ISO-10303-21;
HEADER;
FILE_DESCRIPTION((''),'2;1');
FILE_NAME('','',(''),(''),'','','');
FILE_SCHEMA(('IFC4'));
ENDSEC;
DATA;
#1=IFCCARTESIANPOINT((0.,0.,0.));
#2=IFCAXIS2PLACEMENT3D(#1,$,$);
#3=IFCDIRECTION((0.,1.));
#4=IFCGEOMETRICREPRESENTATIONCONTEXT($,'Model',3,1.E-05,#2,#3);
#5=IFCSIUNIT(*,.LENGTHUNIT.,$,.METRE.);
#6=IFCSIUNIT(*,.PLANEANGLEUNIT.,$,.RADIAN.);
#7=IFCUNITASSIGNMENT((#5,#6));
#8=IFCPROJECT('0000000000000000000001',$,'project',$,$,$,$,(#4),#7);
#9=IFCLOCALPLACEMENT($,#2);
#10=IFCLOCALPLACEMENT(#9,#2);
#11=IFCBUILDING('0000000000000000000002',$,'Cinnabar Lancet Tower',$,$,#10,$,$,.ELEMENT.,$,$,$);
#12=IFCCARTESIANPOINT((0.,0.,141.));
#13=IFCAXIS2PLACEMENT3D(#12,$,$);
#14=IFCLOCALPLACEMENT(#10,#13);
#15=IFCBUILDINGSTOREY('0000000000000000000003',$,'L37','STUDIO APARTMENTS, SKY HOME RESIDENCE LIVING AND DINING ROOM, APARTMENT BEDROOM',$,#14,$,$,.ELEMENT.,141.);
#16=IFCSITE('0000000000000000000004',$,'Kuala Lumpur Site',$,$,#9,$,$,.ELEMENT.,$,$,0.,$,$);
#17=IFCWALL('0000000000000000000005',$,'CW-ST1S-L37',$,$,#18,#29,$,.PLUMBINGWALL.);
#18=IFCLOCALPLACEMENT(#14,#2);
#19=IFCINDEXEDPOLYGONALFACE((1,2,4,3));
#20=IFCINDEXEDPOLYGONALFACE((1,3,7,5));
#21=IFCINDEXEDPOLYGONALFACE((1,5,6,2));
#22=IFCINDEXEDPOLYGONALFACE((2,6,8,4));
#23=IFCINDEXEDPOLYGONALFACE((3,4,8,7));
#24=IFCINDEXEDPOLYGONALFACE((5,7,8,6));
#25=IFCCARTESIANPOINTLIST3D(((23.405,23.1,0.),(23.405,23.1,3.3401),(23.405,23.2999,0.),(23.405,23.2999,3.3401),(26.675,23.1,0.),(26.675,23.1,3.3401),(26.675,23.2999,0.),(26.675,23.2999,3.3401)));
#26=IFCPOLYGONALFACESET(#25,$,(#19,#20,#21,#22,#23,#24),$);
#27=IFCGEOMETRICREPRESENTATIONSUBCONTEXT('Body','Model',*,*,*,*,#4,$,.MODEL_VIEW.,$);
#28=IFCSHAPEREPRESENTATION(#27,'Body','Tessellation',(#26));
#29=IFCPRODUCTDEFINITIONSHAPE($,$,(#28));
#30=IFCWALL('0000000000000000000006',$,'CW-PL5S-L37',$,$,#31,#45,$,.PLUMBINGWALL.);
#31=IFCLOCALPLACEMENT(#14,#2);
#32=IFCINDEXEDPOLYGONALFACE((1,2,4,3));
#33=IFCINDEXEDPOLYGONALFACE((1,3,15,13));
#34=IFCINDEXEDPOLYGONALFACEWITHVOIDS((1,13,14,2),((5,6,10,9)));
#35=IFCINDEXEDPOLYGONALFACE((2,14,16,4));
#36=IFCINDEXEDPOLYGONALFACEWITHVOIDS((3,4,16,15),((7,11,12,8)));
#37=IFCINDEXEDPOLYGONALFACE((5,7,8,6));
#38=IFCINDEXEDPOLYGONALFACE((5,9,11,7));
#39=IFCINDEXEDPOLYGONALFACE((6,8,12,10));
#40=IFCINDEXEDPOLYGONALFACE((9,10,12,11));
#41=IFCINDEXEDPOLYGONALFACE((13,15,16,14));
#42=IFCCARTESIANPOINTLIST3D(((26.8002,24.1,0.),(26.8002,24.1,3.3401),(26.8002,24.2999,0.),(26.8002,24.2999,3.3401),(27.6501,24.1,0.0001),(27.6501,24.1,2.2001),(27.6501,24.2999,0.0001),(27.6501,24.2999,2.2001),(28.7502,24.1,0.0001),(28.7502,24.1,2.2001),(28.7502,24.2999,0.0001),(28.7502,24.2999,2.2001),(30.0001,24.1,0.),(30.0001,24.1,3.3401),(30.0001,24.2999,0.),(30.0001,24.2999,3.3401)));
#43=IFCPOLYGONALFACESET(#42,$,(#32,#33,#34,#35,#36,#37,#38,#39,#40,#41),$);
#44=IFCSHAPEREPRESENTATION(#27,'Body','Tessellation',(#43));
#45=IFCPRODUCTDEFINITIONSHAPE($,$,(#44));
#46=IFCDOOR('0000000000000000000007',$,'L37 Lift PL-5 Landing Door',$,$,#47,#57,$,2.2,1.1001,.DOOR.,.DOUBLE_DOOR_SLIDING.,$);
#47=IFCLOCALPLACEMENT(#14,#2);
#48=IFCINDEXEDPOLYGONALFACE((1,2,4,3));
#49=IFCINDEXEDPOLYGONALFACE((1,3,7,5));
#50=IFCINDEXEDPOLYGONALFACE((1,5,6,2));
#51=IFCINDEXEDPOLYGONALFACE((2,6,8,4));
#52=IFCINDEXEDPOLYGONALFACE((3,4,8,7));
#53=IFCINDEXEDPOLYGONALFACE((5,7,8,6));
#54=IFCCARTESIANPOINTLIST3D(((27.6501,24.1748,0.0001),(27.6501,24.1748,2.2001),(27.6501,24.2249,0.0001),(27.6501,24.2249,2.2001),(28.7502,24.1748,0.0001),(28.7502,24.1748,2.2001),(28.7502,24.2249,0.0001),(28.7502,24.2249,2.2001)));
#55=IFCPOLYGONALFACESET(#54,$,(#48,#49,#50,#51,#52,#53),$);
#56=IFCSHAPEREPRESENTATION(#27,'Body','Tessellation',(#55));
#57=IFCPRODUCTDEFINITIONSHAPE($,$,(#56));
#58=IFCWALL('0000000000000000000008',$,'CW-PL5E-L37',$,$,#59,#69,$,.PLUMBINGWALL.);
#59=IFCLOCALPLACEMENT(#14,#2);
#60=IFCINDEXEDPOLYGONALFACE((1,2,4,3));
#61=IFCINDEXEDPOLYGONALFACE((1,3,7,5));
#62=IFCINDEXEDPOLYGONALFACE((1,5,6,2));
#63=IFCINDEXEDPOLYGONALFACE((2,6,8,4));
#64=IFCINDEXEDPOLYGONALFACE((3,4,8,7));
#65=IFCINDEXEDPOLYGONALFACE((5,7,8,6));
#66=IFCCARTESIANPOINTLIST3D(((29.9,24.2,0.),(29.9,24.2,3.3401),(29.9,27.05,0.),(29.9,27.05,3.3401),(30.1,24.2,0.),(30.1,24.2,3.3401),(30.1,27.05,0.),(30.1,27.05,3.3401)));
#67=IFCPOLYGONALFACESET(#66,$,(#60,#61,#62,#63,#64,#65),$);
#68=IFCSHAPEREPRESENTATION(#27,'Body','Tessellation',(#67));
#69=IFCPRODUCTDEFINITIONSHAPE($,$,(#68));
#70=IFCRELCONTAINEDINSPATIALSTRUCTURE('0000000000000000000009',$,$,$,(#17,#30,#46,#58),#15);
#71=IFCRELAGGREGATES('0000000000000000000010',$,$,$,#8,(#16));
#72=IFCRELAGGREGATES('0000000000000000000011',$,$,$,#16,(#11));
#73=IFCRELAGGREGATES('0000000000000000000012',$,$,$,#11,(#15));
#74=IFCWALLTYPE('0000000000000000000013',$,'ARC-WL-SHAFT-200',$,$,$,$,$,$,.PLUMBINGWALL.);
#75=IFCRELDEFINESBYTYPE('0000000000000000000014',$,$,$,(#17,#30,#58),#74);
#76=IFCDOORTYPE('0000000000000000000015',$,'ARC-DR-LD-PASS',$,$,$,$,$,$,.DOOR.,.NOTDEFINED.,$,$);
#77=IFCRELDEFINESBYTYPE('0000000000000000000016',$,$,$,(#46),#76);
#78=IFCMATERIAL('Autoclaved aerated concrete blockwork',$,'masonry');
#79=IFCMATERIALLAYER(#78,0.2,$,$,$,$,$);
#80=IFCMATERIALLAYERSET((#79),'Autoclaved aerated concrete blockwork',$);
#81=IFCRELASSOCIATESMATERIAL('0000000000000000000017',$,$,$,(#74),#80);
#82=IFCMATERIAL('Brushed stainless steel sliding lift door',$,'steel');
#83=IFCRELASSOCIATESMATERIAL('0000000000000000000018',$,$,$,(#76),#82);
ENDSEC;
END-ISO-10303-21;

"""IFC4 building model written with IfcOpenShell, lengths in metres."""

from ifc_helpers import new_model, si_unit, direction, frame, frame_2d, origin, place, context, subcontext, project, spatial, rectangle, extrude, material, layer, layer_set, type_object, element, fill, save


model = new_model("IFC4")

# Units and contexts
model_context = context("Model", 3, precision=1e-05, world=origin(), true_north=direction((0.0, 1.0)))
body_context = subcontext(model_context, "Body", "Model", "MODEL_VIEW")
ifc_project = project(units=[si_unit("LENGTHUNIT", "METRE"), si_unit("PLANEANGLEUNIT", "RADIAN")], contexts=[model_context])

# Site, building, storey
site_placement = place(None, origin())
site = spatial("IfcSite", under=ifc_project, at=site_placement, Name="Kuala Lumpur Site", CompositionType="ELEMENT", RefElevation=0.0)
building_placement = place(site_placement, origin())
building = spatial("IfcBuilding", under=site, at=building_placement, Name="Cinnabar Lancet Tower", CompositionType="ELEMENT")
storey_placement = place(building_placement, frame((0.0, 0.0, 141.0)))
storey = spatial("IfcBuildingStorey", under=building, at=storey_placement, Name="L37", Description="STUDIO APARTMENTS, SKY HOME RESIDENCE LIVING AND DINING ROOM, APARTMENT BEDROOM", CompositionType="ELEMENT", Elevation=141.0)

# Wall
ifc_material_1 = material(Name="Autoclaved aerated concrete blockwork", Category="masonry")
ifc_layer_1 = layer(ifc_material_1, 0.2)
ifc_layer_set_1 = layer_set([ifc_layer_1], Name="Autoclaved aerated concrete blockwork")
wall_type_1 = type_object("IfcWallType", Name="ARC-WL-SHAFT-200", PredefinedType="PLUMBINGWALL", material=ifc_layer_set_1)
wall_1_placement = place(storey_placement, frame((23.405, 23.2, 0.0), z_axis=(0.0, 0.0, 1.0), x_axis=(1.0, 0.0, 0.0)))
element("IfcWall", 1, at=wall_1_placement, inside=storey, type_object=wall_type_1, Name="CW-ST1S-L37", PredefinedType="PLUMBINGWALL", context=body_context, shape_type="SweptSolid", body=[
    extrude(rectangle(XDim=3.27, YDim=0.2, at=frame_2d((1.635, 0.0))), origin(), (0.0, 0.0, 1.0), 3.3401),
])

# Wall, opening, door
wall_2_placement = place(storey_placement, frame((26.8, 24.2, 0.0), z_axis=(0.0, 0.0, 1.0), x_axis=(1.0, 0.0, 0.0)))
wall_2 = element("IfcWall", 2, at=wall_2_placement, inside=storey, type_object=wall_type_1, Name="CW-PL5S-L37", PredefinedType="PLUMBINGWALL", context=body_context, shape_type="SweptSolid", body=[
    extrude(rectangle(XDim=3.2, YDim=0.2, at=frame_2d((1.6001, 0.0))), origin(), (0.0, 0.0, 1.0), 3.3401),
])
opening_1_placement = place(wall_2_placement, frame((0.8501, 0.0, 0.0)))
opening_1 = element("IfcOpeningElement", 3, at=opening_1_placement, cuts=wall_2, PredefinedType="OPENING", context=body_context, shape_type="SweptSolid", body=[
    extrude(rectangle(XDim=1.1001, YDim=2.2, at=frame_2d((0.55, 1.1001))), frame((0.0, 0.1099, 0.0), z_axis=(0.0, -1.0, 0.0), x_axis=(1.0, 0.0, 0.0)), (0.0, 0.0, 1.0), 0.22),
])
ifc_material_2 = material(Name="Brushed stainless steel sliding lift door", Category="steel")
door_type_1 = type_object("IfcDoorType", Name="ARC-DR-LD-PASS", OperationType="NOTDEFINED", PredefinedType="DOOR", material=ifc_material_2)
door_1_placement = place(opening_1_placement, origin())
door_1 = element("IfcDoor", 4, at=door_1_placement, inside=storey, type_object=door_type_1, Name="L37 Lift PL-5 Landing Door", OperationType="DOUBLE_DOOR_SLIDING", OverallHeight=2.2, OverallWidth=1.1001, PredefinedType="DOOR", context=body_context, shape_type="SweptSolid", body=[
    extrude(rectangle(XDim=1.1001, YDim=2.2, at=frame_2d((0.55, 1.1001))), frame((0.0, 0.0249, 0.0), z_axis=(0.0, -1.0, 0.0), x_axis=(1.0, 0.0, 0.0)), (0.0, 0.0, 1.0), 0.05),
])
fill(opening_1, door_1)

# Wall
wall_3_placement = place(storey_placement, frame((30.0, 24.2, 0.0), z_axis=(0.0, 0.0, 1.0), x_axis=(0.0, 1.0, 0.0)))
element("IfcWall", 5, at=wall_3_placement, inside=storey, type_object=wall_type_1, Name="CW-PL5E-L37", PredefinedType="PLUMBINGWALL", context=body_context, shape_type="SweptSolid", body=[
    extrude(rectangle(XDim=2.8501, YDim=0.2, at=frame_2d((1.425, 0.0))), origin(), (0.0, 0.0, 1.0), 3.3401),
])

save(model, "model.ifc")
